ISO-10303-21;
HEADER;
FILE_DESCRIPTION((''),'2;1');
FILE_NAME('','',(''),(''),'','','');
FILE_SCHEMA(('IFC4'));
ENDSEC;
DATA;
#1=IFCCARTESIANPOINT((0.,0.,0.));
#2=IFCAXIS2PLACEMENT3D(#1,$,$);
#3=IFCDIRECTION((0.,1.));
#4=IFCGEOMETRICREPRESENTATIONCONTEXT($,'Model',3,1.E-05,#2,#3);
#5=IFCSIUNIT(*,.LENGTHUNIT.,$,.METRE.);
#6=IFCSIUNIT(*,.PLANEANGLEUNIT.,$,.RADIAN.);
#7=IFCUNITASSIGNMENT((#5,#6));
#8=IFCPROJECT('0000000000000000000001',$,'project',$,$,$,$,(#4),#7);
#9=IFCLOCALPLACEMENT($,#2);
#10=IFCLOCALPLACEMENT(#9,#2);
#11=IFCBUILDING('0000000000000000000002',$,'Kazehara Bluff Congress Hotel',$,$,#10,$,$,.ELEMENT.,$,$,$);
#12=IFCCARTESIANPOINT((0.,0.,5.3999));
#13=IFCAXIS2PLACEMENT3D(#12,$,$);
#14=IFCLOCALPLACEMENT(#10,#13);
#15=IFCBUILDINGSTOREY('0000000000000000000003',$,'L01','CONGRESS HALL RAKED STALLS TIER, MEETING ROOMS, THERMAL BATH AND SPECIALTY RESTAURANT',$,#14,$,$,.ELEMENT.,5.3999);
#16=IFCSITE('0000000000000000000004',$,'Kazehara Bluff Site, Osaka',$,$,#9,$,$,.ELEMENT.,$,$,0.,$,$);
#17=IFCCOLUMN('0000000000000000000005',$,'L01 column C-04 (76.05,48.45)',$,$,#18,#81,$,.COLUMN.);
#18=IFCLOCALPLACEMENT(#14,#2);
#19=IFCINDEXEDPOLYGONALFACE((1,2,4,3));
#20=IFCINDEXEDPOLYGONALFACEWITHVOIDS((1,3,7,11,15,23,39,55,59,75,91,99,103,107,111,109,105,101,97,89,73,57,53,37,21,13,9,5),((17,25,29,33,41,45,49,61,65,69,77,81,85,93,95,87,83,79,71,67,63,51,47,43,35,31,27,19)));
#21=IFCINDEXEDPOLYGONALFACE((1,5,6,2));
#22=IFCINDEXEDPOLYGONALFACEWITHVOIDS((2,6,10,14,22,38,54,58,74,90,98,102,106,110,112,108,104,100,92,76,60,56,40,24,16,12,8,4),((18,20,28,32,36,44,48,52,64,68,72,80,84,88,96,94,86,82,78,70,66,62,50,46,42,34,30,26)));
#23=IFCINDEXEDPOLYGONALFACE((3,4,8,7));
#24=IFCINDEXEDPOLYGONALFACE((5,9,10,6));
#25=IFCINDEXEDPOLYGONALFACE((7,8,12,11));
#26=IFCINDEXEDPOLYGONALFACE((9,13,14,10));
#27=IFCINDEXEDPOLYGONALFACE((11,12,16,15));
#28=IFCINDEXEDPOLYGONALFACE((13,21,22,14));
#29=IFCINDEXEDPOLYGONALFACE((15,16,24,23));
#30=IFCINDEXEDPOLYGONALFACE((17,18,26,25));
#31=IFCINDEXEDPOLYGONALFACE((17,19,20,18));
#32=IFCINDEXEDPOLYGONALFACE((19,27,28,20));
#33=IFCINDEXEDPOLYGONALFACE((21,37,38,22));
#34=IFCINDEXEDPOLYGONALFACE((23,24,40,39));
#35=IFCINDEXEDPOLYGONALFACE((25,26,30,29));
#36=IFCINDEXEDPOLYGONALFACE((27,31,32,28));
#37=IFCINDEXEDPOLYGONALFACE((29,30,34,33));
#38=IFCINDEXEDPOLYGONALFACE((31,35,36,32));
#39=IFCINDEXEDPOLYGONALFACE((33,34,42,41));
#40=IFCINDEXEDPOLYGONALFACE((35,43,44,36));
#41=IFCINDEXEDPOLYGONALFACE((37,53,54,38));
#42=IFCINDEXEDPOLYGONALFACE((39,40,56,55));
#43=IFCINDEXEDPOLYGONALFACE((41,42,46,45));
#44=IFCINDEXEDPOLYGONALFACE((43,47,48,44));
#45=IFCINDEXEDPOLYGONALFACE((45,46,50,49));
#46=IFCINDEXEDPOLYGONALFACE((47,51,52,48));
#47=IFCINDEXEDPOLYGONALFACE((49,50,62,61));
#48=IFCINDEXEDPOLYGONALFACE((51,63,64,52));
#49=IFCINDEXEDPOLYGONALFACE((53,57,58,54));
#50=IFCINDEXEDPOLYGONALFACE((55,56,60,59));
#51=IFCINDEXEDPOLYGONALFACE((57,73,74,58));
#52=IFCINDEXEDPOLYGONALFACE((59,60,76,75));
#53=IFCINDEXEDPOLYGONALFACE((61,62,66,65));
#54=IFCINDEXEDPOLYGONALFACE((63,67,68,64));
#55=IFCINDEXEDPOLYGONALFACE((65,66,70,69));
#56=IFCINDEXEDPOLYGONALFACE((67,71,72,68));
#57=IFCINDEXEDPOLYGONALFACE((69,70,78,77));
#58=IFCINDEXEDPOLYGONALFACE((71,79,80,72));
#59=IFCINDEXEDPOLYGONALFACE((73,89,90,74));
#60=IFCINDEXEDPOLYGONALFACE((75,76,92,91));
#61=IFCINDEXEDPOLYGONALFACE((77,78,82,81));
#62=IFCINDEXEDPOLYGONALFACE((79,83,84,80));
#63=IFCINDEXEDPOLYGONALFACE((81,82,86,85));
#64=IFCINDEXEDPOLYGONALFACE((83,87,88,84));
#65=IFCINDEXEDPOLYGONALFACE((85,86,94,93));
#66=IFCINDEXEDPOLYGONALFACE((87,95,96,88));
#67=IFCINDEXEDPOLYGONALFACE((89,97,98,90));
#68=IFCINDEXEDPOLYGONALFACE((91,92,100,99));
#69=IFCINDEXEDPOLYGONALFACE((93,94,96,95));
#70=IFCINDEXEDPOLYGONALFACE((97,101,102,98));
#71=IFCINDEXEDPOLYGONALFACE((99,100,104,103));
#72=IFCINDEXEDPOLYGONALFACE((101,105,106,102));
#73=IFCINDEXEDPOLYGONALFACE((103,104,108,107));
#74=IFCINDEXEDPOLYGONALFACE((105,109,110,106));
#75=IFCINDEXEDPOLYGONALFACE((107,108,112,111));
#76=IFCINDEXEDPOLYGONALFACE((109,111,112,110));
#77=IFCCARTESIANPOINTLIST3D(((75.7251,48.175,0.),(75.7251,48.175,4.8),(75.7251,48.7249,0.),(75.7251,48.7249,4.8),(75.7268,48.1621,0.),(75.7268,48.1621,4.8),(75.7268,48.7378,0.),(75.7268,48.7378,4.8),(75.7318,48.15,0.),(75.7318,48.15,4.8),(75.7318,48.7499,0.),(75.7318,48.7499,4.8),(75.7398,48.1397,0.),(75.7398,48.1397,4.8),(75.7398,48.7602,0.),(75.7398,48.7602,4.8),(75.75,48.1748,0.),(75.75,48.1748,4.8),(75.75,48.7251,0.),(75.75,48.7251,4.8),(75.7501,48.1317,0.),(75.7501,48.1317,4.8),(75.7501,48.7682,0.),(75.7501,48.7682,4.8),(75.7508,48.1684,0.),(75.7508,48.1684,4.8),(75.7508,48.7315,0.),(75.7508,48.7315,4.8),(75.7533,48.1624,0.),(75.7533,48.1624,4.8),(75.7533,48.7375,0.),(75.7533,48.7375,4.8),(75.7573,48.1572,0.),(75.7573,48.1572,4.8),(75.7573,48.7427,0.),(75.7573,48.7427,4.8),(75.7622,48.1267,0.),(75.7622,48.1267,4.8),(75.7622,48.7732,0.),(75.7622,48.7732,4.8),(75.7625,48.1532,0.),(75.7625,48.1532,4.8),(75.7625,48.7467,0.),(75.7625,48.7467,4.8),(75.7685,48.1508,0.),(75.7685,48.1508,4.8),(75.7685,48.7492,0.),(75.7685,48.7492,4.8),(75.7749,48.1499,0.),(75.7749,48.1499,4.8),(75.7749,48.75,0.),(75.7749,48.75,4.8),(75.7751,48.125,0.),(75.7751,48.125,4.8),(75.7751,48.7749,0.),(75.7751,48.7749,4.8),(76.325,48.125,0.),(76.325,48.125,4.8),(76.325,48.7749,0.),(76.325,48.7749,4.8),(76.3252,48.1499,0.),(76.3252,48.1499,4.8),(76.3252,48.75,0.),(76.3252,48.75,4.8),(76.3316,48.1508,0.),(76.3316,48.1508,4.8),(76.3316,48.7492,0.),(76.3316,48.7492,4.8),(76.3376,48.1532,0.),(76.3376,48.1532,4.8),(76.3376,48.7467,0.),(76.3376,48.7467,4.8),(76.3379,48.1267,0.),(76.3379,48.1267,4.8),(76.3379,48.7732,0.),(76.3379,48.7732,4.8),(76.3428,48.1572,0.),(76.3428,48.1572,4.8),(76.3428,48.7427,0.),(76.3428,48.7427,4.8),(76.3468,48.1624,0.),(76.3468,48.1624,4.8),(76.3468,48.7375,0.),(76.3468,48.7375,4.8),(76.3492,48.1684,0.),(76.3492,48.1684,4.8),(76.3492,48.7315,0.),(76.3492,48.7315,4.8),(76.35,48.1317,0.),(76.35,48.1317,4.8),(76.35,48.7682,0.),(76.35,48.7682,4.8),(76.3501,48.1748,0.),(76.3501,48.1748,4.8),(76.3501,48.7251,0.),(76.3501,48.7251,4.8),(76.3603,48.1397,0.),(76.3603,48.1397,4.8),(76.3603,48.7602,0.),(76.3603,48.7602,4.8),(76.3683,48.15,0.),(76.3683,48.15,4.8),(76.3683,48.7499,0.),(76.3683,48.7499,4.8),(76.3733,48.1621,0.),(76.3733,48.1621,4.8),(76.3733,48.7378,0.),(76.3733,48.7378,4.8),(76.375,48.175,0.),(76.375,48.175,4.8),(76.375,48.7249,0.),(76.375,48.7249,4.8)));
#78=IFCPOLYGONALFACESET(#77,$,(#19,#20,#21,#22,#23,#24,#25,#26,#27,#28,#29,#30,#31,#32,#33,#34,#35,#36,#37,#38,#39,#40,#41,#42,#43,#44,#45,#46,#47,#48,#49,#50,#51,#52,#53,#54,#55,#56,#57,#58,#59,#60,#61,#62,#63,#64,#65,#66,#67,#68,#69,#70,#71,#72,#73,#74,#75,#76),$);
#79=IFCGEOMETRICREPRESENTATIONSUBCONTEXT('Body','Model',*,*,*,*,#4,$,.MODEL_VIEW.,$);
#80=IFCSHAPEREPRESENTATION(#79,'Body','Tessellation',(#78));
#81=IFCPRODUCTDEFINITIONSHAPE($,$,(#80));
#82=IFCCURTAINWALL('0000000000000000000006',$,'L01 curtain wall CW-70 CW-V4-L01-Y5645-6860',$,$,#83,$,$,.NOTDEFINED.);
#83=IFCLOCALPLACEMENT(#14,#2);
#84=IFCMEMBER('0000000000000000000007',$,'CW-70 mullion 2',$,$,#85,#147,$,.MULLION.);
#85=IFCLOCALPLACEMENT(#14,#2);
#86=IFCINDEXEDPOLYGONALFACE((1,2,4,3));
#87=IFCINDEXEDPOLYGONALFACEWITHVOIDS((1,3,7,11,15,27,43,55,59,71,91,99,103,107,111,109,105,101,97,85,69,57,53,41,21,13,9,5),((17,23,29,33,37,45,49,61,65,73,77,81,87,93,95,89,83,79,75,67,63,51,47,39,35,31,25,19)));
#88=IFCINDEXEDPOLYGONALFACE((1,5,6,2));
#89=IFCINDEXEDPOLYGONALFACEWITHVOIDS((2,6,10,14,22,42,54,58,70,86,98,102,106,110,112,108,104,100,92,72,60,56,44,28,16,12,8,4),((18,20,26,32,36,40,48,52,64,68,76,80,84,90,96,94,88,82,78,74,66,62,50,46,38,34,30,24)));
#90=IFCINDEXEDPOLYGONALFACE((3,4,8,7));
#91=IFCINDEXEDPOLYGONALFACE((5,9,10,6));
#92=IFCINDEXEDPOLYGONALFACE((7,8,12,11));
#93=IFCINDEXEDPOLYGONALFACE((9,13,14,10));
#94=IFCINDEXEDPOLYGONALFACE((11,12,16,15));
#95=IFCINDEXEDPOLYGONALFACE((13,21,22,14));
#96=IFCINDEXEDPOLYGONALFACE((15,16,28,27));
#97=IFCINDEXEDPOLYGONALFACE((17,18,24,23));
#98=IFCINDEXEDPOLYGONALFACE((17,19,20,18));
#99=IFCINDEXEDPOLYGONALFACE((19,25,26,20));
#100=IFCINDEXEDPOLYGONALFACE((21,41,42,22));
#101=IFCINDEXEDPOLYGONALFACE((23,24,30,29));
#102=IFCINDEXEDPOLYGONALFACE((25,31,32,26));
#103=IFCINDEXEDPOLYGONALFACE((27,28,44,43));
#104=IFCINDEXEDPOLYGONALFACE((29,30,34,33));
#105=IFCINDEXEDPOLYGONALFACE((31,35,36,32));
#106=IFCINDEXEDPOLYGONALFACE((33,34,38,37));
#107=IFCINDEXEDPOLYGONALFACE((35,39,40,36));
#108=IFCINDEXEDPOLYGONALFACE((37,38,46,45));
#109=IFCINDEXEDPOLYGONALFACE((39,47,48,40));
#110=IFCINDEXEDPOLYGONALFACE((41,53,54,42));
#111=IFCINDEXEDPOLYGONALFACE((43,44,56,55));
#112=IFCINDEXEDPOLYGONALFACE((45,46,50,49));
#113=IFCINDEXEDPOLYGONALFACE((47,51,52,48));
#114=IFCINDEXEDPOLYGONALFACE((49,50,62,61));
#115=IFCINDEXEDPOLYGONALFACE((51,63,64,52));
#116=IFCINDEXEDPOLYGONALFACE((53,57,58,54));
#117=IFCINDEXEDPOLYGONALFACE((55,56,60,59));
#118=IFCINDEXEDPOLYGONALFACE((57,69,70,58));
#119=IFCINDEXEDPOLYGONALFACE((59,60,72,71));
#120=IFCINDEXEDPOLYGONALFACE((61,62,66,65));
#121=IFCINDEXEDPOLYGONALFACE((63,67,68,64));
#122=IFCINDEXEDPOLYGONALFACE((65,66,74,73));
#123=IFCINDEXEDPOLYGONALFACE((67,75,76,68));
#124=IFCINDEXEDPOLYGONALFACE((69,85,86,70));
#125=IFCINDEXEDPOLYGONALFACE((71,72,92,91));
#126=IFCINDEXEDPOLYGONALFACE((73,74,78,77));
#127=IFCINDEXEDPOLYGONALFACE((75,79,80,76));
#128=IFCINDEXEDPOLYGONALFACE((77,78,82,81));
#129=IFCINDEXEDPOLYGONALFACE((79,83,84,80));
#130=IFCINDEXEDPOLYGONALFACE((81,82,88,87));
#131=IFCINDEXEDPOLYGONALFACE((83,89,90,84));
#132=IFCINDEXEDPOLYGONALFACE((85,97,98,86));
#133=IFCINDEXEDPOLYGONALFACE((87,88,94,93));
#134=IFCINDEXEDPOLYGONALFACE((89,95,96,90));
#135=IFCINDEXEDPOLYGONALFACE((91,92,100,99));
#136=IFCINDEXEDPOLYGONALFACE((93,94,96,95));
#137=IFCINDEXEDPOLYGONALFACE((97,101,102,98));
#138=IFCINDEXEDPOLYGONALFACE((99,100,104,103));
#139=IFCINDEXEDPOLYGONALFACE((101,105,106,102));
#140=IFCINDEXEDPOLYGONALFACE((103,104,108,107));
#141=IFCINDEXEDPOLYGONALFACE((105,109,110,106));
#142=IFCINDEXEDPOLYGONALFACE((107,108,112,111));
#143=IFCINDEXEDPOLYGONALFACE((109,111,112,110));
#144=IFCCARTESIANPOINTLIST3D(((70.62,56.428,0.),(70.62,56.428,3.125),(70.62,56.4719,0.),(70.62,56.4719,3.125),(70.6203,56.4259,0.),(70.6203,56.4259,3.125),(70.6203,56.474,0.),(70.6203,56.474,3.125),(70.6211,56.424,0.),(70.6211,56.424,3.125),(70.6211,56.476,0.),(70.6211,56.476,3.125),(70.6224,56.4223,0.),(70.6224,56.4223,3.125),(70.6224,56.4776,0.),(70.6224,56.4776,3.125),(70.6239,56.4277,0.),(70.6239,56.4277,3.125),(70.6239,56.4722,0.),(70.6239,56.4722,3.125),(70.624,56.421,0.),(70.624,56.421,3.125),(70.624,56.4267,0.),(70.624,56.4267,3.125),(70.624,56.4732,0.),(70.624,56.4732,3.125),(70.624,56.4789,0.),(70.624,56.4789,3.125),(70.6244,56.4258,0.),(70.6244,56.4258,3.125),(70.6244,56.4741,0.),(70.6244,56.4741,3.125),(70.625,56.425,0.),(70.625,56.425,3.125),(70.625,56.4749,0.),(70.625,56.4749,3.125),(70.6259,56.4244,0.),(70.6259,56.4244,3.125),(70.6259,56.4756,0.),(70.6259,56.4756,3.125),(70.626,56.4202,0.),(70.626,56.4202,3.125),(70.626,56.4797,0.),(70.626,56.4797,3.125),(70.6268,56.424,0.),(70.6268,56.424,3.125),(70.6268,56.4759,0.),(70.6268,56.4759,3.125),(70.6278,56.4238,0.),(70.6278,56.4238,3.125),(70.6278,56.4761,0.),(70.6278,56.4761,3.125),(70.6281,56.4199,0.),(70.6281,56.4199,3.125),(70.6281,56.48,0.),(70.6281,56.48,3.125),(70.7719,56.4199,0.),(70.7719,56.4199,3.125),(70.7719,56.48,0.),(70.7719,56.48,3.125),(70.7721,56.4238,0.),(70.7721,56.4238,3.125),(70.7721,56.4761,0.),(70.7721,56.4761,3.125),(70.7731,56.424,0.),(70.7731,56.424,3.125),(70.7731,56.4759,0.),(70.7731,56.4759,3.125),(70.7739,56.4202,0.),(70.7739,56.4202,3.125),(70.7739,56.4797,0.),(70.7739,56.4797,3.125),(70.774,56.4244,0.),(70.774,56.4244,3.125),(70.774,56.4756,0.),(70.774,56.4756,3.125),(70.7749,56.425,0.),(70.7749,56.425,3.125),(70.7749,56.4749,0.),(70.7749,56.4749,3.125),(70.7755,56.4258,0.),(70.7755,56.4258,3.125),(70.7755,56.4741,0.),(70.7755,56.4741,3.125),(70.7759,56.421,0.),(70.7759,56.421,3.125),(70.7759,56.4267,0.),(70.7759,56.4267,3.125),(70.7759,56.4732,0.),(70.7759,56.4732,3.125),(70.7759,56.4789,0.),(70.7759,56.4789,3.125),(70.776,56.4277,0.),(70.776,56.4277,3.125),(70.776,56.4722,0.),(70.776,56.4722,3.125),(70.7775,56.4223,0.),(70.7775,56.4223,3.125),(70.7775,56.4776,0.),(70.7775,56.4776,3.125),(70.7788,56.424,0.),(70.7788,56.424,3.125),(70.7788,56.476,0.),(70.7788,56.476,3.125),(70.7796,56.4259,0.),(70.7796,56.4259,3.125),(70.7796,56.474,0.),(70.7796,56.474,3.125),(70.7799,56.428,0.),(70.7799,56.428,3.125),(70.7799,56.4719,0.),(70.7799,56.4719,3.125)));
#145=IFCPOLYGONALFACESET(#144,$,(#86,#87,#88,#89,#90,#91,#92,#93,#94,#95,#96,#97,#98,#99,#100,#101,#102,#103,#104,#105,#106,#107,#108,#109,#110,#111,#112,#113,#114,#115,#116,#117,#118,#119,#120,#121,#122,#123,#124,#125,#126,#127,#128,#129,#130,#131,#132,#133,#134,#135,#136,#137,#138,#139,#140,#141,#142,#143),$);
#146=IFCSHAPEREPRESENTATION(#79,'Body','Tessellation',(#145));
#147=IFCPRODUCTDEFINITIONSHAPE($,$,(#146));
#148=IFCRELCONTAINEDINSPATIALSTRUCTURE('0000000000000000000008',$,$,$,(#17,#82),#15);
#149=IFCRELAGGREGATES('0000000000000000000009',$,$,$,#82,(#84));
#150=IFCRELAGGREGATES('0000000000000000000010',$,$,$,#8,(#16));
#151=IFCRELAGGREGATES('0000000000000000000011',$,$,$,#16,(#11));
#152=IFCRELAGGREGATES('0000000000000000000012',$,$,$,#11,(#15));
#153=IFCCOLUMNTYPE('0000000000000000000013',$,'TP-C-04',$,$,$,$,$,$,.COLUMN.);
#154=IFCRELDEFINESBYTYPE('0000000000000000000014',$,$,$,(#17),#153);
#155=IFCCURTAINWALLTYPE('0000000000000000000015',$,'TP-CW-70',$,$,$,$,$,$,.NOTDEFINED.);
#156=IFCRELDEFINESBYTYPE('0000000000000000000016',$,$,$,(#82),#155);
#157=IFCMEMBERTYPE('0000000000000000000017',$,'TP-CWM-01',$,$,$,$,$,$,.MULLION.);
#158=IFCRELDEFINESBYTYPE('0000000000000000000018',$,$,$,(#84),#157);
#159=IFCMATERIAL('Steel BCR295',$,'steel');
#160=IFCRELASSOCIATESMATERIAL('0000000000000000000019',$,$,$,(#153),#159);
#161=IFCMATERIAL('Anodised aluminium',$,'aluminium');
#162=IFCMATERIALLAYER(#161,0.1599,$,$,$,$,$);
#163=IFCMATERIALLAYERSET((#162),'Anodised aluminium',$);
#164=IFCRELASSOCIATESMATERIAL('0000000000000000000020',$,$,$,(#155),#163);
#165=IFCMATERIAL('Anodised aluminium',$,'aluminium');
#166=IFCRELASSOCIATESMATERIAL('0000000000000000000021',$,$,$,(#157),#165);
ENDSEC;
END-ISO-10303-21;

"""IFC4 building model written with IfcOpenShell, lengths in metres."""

from ifc_helpers import new_model, si_unit, direction, frame, origin, origin_2d, place, context, subcontext, project, spatial, hollow_rectangle, extrude, material, layer, layer_set, material_profile, profile_set, type_object, element, aggregate, save


model = new_model("IFC4")

# Units and contexts
model_context = context("Model", 3, precision=1e-05, world=origin(), true_north=direction((0.0, 1.0)))
body_context = subcontext(model_context, "Body", "Model", "MODEL_VIEW")
ifc_project = project(units=[si_unit("LENGTHUNIT", "METRE"), si_unit("PLANEANGLEUNIT", "RADIAN")], contexts=[model_context])

# Site, building, storey
site_placement = place(None, origin())
site = spatial("IfcSite", under=ifc_project, at=site_placement, Name="Kazehara Bluff Site, Osaka", CompositionType="ELEMENT", RefElevation=0.0)
building_placement = place(site_placement, origin())
building = spatial("IfcBuilding", under=site, at=building_placement, Name="Kazehara Bluff Congress Hotel", CompositionType="ELEMENT")
storey_placement = place(building_placement, frame((0.0, 0.0, 5.3999)))
storey = spatial("IfcBuildingStorey", under=building, at=storey_placement, Name="L01", Description="CONGRESS HALL RAKED STALLS TIER, MEETING ROOMS, THERMAL BATH AND SPECIALTY RESTAURANT", CompositionType="ELEMENT", Elevation=5.3999)

# Column
ifc_material_1 = material(Name="Steel BCR295", Category="steel")
ifc_material_profile_1 = material_profile(ifc_material_1, hollow_rectangle(XDim=0.6499, YDim=0.6499, WallThickness=0.0249, InnerFilletRadius=0.0249, OuterFilletRadius=0.05, at=origin_2d()))
ifc_profile_set_1 = profile_set([ifc_material_profile_1], Name="Steel BCR295")
column_type = type_object("IfcColumnType", Name="TP-C-04", PredefinedType="COLUMN", material=ifc_profile_set_1)
column_placement = place(storey_placement, frame((76.05, 48.45, 0.0), z_axis=(0.0, 0.0, 1.0), x_axis=(1.0, 0.0, 0.0)))
element("IfcColumn", 1, at=column_placement, inside=storey, type_object=column_type, Name="L01 column C-04 (76.05,48.45)", PredefinedType="COLUMN", context=body_context, shape_type="SweptSolid", body=[
    extrude(hollow_rectangle(XDim=0.6499, YDim=0.6499, WallThickness=0.0249, InnerFilletRadius=0.0249, OuterFilletRadius=0.05, at=origin_2d()), origin(), (0.0, 0.0, 1.0), 4.8),
])

# Curtain wall, member
ifc_material_2 = material(Name="Anodised aluminium", Category="aluminium")
ifc_layer_1 = layer(ifc_material_2, 0.1599)
ifc_layer_set_1 = layer_set([ifc_layer_1], Name="Anodised aluminium")
curtain_wall_type = type_object("IfcCurtainWallType", Name="TP-CW-70", PredefinedType="NOTDEFINED", material=ifc_layer_set_1)
curtain_wall_placement = place(storey_placement, origin())
curtain_wall = element("IfcCurtainWall", 2, at=curtain_wall_placement, inside=storey, type_object=curtain_wall_type, Name="L01 curtain wall CW-70 CW-V4-L01-Y5645-6860", PredefinedType="NOTDEFINED")
ifc_material_3 = material(Name="Anodised aluminium", Category="aluminium")
ifc_material_profile_2 = material_profile(ifc_material_3, hollow_rectangle(XDim=0.0601, YDim=0.1599, WallThickness=0.0039, InnerFilletRadius=0.0039, OuterFilletRadius=0.0081, at=origin_2d()))
ifc_profile_set_2 = profile_set([ifc_material_profile_2], Name="Anodised aluminium")
member_type_1 = type_object("IfcMemberType", Name="TP-CWM-01", PredefinedType="MULLION", material=ifc_profile_set_2)
member_1_placement = place(storey_placement, frame((70.7, 56.45, 0.0), z_axis=(0.0, 0.0, 1.0), x_axis=(0.0, 1.0, 0.0)))
member_1 = element("IfcMember", 3, at=member_1_placement, type_object=member_type_1, Name="CW-70 mullion 2", PredefinedType="MULLION", context=body_context, shape_type="SweptSolid", body=[
    extrude(hollow_rectangle(XDim=0.0601, YDim=0.1599, WallThickness=0.0039, InnerFilletRadius=0.0039, OuterFilletRadius=0.0081, at=origin_2d()), origin(), (0.0, 0.0, 1.0), 3.125),
])

aggregate(curtain_wall, [member_1])

save(model, "model.ifc")
